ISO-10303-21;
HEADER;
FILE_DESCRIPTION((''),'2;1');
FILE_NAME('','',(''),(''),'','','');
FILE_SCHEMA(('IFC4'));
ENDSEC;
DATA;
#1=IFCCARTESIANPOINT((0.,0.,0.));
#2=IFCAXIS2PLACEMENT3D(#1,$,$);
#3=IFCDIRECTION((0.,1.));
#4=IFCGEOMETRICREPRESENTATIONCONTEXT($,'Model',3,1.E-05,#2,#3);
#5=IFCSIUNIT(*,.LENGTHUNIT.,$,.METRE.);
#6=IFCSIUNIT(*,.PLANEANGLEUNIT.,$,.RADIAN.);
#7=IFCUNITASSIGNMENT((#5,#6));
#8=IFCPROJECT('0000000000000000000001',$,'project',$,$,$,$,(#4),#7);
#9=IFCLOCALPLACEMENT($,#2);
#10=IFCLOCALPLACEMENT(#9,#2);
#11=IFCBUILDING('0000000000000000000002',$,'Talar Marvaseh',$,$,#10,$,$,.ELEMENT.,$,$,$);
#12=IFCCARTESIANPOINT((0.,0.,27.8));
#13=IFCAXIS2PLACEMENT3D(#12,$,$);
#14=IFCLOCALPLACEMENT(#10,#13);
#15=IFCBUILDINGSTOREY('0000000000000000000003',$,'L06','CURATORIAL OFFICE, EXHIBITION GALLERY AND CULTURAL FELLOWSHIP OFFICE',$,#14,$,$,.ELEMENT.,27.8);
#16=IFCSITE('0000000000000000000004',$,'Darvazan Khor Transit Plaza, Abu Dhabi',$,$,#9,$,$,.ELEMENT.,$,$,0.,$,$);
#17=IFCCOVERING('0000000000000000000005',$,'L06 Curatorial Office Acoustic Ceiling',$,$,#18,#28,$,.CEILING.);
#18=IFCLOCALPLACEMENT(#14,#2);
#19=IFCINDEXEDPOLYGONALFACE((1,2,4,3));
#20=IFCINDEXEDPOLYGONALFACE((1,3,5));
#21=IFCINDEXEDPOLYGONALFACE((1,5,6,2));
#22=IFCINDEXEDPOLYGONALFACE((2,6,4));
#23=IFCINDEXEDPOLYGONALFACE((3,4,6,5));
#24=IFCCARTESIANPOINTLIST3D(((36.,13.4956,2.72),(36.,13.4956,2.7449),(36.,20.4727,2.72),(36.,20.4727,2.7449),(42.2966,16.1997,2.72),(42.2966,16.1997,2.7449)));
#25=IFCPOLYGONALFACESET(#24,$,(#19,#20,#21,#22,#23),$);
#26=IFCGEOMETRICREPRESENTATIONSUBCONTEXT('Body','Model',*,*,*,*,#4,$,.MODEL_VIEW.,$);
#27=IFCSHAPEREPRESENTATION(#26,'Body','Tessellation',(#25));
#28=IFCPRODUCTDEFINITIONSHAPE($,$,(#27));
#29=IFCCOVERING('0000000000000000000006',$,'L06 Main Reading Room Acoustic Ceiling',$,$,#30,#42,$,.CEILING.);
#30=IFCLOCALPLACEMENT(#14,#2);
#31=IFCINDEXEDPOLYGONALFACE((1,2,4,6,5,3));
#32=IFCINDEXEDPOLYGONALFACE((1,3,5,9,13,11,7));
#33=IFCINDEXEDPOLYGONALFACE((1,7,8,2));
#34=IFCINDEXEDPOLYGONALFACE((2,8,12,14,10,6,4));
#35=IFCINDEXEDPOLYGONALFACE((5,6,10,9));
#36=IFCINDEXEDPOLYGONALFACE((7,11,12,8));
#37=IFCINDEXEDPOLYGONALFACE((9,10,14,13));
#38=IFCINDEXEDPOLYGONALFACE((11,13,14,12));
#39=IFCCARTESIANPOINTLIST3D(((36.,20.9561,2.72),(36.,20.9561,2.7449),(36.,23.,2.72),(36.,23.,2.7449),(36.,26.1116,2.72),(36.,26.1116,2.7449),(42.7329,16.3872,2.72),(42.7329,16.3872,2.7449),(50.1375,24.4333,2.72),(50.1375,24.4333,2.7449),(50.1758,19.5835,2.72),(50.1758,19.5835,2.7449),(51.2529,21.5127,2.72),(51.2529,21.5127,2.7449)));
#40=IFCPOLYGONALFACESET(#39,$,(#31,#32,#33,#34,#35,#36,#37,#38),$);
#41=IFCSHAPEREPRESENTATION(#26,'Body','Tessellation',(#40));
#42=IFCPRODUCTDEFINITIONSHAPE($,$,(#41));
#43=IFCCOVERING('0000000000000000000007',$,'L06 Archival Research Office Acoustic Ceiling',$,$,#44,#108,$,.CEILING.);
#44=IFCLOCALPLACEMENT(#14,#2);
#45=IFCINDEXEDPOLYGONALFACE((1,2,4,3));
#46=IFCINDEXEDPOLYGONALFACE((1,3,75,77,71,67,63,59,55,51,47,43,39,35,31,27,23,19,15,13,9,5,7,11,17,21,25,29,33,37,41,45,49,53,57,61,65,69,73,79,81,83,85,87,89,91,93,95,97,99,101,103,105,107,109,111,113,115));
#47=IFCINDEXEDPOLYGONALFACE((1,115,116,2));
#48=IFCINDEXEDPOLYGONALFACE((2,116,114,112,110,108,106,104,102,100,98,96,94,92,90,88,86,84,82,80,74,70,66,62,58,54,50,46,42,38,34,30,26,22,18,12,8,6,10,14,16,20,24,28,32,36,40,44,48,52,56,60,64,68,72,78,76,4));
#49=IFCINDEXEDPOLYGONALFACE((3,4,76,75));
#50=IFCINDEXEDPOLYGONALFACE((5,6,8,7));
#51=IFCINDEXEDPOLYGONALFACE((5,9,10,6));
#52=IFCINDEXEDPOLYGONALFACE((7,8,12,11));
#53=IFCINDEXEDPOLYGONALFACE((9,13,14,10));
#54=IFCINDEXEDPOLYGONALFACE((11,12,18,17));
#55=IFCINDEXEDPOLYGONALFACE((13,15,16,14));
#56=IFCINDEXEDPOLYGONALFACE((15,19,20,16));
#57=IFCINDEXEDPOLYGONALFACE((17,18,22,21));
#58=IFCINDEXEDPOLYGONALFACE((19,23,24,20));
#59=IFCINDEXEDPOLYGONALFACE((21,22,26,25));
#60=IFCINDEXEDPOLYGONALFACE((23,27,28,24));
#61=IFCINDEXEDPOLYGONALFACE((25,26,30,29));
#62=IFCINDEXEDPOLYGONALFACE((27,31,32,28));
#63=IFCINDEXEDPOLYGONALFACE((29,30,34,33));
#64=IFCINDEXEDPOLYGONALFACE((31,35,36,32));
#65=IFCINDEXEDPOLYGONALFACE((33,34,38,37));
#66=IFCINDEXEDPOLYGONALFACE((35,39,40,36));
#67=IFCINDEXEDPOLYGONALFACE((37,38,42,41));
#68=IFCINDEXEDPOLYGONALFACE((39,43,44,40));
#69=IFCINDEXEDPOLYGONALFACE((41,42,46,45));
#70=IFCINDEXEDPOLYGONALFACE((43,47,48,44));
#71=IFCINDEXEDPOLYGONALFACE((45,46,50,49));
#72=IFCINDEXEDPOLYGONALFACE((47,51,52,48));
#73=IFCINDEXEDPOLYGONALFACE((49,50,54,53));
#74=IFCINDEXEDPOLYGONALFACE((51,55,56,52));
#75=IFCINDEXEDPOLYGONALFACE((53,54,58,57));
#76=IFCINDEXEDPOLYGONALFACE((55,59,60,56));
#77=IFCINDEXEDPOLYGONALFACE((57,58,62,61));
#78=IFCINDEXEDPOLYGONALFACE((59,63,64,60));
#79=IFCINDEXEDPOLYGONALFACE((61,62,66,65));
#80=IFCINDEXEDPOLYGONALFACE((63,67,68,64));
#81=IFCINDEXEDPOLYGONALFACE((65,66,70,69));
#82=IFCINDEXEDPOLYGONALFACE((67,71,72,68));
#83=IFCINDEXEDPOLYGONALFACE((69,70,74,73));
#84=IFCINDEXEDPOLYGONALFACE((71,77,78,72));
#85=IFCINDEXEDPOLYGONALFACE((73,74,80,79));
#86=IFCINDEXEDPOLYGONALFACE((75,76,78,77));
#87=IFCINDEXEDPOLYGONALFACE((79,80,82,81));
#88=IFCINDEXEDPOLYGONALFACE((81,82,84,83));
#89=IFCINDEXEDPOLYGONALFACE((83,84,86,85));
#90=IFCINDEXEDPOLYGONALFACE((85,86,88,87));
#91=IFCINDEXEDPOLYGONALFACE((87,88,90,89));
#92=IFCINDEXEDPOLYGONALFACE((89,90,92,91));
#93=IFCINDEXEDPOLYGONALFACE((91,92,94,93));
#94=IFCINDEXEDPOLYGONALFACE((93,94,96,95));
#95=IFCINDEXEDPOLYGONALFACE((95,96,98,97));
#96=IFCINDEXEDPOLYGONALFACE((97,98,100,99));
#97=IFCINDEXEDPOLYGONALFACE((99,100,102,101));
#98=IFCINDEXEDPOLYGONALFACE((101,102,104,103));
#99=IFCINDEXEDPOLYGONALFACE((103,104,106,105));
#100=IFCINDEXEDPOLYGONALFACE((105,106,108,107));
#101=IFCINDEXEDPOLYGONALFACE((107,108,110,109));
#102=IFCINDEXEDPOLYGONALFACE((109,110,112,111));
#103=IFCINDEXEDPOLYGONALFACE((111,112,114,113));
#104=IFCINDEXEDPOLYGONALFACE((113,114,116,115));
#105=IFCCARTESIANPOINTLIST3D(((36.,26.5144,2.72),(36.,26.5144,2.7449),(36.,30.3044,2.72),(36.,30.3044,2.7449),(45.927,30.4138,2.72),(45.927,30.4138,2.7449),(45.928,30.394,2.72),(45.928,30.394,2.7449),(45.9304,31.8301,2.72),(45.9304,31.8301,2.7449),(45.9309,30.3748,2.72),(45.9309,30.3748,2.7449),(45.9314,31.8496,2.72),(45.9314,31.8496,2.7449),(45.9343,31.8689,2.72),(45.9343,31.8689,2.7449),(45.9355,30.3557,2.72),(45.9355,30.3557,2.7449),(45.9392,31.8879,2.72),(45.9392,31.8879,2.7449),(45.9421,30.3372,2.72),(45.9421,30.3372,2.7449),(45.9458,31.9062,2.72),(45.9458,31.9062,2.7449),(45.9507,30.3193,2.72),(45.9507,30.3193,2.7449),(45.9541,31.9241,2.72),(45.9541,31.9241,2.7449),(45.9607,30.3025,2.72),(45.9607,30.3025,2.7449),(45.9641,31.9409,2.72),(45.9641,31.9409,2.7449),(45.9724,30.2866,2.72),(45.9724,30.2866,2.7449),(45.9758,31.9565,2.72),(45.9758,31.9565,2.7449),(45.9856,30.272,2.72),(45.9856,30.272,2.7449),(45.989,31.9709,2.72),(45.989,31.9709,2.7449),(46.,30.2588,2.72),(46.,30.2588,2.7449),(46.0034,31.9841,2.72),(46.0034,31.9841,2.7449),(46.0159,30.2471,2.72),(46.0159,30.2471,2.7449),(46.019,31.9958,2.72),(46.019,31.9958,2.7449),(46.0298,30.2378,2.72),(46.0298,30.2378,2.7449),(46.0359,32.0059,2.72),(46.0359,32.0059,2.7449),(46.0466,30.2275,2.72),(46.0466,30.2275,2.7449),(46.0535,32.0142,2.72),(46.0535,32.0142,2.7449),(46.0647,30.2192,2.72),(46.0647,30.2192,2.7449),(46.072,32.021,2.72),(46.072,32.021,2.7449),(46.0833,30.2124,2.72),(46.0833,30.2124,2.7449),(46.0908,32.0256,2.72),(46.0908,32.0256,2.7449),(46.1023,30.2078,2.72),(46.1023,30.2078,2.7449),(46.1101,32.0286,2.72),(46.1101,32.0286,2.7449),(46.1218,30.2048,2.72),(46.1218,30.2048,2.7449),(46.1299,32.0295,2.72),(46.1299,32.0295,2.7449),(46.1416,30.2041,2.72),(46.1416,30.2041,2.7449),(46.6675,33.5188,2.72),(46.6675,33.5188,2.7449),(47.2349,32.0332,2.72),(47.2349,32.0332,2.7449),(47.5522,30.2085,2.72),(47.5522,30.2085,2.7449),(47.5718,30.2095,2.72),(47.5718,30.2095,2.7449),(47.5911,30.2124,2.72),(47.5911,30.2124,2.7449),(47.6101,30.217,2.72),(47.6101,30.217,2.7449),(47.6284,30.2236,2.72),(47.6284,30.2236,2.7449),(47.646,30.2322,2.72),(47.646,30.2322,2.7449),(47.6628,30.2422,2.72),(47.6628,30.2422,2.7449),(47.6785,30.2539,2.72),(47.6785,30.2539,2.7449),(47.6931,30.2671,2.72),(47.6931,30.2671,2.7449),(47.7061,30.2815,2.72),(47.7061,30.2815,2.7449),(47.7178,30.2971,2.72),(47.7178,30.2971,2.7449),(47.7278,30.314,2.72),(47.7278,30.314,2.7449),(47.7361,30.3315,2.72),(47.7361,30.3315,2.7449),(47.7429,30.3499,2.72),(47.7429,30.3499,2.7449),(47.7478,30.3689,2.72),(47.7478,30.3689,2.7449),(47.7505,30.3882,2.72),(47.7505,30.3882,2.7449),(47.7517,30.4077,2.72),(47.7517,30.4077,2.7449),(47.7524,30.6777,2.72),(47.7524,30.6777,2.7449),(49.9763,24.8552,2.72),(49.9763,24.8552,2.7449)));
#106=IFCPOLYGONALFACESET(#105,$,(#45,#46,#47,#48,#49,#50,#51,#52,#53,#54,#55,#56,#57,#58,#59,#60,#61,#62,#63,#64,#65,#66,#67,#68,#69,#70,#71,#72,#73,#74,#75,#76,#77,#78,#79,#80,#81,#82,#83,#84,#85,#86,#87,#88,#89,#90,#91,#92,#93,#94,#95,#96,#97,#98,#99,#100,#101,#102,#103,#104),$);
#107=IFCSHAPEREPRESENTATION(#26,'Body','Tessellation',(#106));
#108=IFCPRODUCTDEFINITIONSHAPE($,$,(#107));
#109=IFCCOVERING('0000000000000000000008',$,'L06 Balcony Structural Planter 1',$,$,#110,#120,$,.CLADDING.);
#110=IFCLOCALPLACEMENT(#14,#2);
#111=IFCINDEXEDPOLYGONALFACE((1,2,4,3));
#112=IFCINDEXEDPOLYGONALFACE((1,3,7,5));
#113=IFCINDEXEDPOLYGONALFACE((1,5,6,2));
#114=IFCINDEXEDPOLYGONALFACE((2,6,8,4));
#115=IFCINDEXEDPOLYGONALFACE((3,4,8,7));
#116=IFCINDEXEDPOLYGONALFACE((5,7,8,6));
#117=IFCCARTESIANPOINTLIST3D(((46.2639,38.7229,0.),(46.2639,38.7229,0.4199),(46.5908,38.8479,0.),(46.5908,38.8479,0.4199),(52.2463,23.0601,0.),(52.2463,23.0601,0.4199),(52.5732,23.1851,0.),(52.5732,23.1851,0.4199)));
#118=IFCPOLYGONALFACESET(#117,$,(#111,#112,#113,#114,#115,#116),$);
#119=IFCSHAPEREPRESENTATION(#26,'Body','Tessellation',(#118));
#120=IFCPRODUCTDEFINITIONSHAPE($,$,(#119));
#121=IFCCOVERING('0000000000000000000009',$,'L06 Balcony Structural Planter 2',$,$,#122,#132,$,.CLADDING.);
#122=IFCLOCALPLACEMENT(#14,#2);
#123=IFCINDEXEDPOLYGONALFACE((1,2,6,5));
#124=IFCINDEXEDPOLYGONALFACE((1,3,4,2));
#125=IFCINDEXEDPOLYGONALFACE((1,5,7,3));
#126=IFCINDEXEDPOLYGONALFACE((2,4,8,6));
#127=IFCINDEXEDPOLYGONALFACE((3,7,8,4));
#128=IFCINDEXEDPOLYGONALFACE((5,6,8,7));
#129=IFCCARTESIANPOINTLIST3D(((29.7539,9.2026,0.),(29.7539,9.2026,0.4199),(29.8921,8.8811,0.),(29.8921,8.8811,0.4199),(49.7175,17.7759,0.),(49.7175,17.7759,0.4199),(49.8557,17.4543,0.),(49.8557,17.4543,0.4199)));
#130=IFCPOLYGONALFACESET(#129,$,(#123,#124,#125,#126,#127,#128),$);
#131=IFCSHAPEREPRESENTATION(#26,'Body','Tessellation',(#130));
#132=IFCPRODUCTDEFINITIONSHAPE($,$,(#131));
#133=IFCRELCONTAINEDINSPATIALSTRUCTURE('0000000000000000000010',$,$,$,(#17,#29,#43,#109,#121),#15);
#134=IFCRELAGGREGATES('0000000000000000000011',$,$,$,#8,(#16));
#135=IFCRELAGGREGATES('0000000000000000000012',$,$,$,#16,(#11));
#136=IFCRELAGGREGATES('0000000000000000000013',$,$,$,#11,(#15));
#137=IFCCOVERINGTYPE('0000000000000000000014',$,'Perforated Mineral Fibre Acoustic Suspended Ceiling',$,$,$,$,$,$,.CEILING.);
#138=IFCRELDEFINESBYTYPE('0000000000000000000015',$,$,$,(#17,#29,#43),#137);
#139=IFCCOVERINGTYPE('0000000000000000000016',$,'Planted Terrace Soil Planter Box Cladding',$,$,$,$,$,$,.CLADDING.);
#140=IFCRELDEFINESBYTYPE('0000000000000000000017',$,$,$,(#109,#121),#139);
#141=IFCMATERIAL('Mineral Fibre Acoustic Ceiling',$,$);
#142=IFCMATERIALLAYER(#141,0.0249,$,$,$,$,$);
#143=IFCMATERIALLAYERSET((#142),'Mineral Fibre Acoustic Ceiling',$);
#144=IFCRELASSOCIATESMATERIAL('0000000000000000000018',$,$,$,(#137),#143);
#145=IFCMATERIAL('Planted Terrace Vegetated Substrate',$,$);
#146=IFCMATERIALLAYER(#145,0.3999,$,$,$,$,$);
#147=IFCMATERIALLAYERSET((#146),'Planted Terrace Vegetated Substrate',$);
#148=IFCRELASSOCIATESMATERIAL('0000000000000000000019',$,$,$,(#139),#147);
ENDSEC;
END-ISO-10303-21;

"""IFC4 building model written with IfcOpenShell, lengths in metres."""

from ifc_helpers import new_model, si_unit, direction, frame, origin, place, context, subcontext, project, spatial, polyline, outline, extrude, material, layer, layer_set, type_object, element, save


model = new_model("IFC4")

# Units and contexts
model_context = context("Model", 3, precision=1e-05, world=origin(), true_north=direction((0.0, 1.0)))
body_context = subcontext(model_context, "Body", "Model", "MODEL_VIEW")
ifc_project = project(units=[si_unit("LENGTHUNIT", "METRE"), si_unit("PLANEANGLEUNIT", "RADIAN")], contexts=[model_context])

# Site, building, storey
site_placement = place(None, origin())
site = spatial("IfcSite", under=ifc_project, at=site_placement, Name="Darvazan Khor Transit Plaza, Abu Dhabi", CompositionType="ELEMENT", RefElevation=0.0)
building_placement = place(site_placement, origin())
building = spatial("IfcBuilding", under=site, at=building_placement, Name="Talar Marvaseh", CompositionType="ELEMENT")
storey_placement = place(building_placement, frame((0.0, 0.0, 27.8)))
storey = spatial("IfcBuildingStorey", under=building, at=storey_placement, Name="L06", Description="CURATORIAL OFFICE, EXHIBITION GALLERY AND CULTURAL FELLOWSHIP OFFICE", CompositionType="ELEMENT", Elevation=27.8)

# Coverings
ifc_material_1 = material(Name="Mineral Fibre Acoustic Ceiling")
ifc_layer_1 = layer(ifc_material_1, 0.0249)
ifc_layer_set_1 = layer_set([ifc_layer_1], Name="Mineral Fibre Acoustic Ceiling")
covering_type_1 = type_object("IfcCoveringType", Name="Perforated Mineral Fibre Acoustic Suspended Ceiling", PredefinedType="CEILING", material=ifc_layer_set_1)
covering_1_placement = place(storey_placement, frame((0.0, 0.0, 2.72)))
element("IfcCovering", 1, at=covering_1_placement, inside=storey, type_object=covering_type_1, Name="L06 Curatorial Office Acoustic Ceiling", PredefinedType="CEILING", context=body_context, shape_type="SweptSolid", body=[
    extrude(outline(polyline([(36.0, 13.4956), (36.0, 20.4727), (42.2966, 16.1997), (36.0, 13.4956)])), origin(), (0.0, 0.0, 1.0), 0.0249),
])
covering_2_placement = place(storey_placement, frame((0.0, 0.0, 2.72)))
element("IfcCovering", 2, at=covering_2_placement, inside=storey, type_object=covering_type_1, Name="L06 Main Reading Room Acoustic Ceiling", PredefinedType="CEILING", context=body_context, shape_type="SweptSolid", body=[
    extrude(outline(polyline([(36.0, 20.9561), (36.0, 23.0), (36.0, 26.1116), (50.1375, 24.4333), (51.2529, 21.5127), (50.1758, 19.5835), (42.7329, 16.3872), (36.0, 20.9561)])), origin(), (0.0, 0.0, 1.0), 0.0249),
])
covering_3_placement = place(storey_placement, frame((0.0, 0.0, 2.72)))
element("IfcCovering", 3, at=covering_3_placement, inside=storey, type_object=covering_type_1, Name="L06 Archival Research Office Acoustic Ceiling", PredefinedType="CEILING", context=body_context, shape_type="SweptSolid", body=[
    extrude(outline(polyline([(46.0908, 32.0256), (46.072, 32.021), (46.0535, 32.0142), (46.0359, 32.0059), (46.019, 31.9958), (46.0034, 31.9841), (45.989, 31.9709), (45.9758, 31.9565), (45.9641, 31.9409), (45.9541, 31.9241), (45.9458, 31.9062), (45.9392, 31.8879), (45.9343, 31.8689), (45.9314, 31.8496), (45.9304, 31.8301), (45.927, 30.4138), (45.928, 30.394), (45.9309, 30.3748), (45.9355, 30.3557), (45.9421, 30.3372), (45.9507, 30.3193), (45.9607, 30.3025), (45.9724, 30.2866), (45.9856, 30.272), (46.0, 30.2588), (46.0159, 30.2471), (46.0298, 30.2378), (46.0466, 30.2275), (46.0647, 30.2192), (46.0833, 30.2124), (46.1023, 30.2078), (46.1218, 30.2048), (46.1416, 30.2041), (47.5522, 30.2085), (47.5718, 30.2095), (47.5911, 30.2124), (47.6101, 30.217), (47.6284, 30.2236), (47.646, 30.2322), (47.6628, 30.2422), (47.6785, 30.2539), (47.6931, 30.2671), (47.7061, 30.2815), (47.7178, 30.2971), (47.7278, 30.314), (47.7361, 30.3315), (47.7429, 30.3499), (47.7478, 30.3689), (47.7505, 30.3882), (47.7517, 30.4077), (47.7524, 30.6777), (49.9763, 24.8552), (36.0, 26.5144), (36.0, 30.3044), (46.6675, 33.5188), (47.2349, 32.0332), (46.1299, 32.0295), (46.1101, 32.0286), (46.0908, 32.0256)])), origin(), (0.0, 0.0, 1.0), 0.0249),
])
ifc_material_2 = material(Name="Planted Terrace Vegetated Substrate")
ifc_layer_2 = layer(ifc_material_2, 0.3999)
ifc_layer_set_2 = layer_set([ifc_layer_2], Name="Planted Terrace Vegetated Substrate")
covering_type_2 = type_object("IfcCoveringType", Name="Planted Terrace Soil Planter Box Cladding", PredefinedType="CLADDING", material=ifc_layer_set_2)
covering_4_placement = place(storey_placement, origin())
element("IfcCovering", 4, at=covering_4_placement, inside=storey, type_object=covering_type_2, Name="L06 Balcony Structural Planter 1", PredefinedType="CLADDING", context=body_context, shape_type="SweptSolid", body=[
    extrude(outline(polyline([(46.5908, 38.8479), (52.5732, 23.1851), (52.2463, 23.0601), (46.2639, 38.7229), (46.5908, 38.8479)])), origin(), (0.0, 0.0, 1.0), 0.4199),
])
covering_5_placement = place(storey_placement, origin())
element("IfcCovering", 5, at=covering_5_placement, inside=storey, type_object=covering_type_2, Name="L06 Balcony Structural Planter 2", PredefinedType="CLADDING", context=body_context, shape_type="SweptSolid", body=[
    extrude(outline(polyline([(49.8557, 17.4543), (29.8921, 8.8811), (29.7539, 9.2026), (49.7175, 17.7759), (49.8557, 17.4543)])), origin(), (0.0, 0.0, 1.0), 0.4199),
])

save(model, "model.ifc")
